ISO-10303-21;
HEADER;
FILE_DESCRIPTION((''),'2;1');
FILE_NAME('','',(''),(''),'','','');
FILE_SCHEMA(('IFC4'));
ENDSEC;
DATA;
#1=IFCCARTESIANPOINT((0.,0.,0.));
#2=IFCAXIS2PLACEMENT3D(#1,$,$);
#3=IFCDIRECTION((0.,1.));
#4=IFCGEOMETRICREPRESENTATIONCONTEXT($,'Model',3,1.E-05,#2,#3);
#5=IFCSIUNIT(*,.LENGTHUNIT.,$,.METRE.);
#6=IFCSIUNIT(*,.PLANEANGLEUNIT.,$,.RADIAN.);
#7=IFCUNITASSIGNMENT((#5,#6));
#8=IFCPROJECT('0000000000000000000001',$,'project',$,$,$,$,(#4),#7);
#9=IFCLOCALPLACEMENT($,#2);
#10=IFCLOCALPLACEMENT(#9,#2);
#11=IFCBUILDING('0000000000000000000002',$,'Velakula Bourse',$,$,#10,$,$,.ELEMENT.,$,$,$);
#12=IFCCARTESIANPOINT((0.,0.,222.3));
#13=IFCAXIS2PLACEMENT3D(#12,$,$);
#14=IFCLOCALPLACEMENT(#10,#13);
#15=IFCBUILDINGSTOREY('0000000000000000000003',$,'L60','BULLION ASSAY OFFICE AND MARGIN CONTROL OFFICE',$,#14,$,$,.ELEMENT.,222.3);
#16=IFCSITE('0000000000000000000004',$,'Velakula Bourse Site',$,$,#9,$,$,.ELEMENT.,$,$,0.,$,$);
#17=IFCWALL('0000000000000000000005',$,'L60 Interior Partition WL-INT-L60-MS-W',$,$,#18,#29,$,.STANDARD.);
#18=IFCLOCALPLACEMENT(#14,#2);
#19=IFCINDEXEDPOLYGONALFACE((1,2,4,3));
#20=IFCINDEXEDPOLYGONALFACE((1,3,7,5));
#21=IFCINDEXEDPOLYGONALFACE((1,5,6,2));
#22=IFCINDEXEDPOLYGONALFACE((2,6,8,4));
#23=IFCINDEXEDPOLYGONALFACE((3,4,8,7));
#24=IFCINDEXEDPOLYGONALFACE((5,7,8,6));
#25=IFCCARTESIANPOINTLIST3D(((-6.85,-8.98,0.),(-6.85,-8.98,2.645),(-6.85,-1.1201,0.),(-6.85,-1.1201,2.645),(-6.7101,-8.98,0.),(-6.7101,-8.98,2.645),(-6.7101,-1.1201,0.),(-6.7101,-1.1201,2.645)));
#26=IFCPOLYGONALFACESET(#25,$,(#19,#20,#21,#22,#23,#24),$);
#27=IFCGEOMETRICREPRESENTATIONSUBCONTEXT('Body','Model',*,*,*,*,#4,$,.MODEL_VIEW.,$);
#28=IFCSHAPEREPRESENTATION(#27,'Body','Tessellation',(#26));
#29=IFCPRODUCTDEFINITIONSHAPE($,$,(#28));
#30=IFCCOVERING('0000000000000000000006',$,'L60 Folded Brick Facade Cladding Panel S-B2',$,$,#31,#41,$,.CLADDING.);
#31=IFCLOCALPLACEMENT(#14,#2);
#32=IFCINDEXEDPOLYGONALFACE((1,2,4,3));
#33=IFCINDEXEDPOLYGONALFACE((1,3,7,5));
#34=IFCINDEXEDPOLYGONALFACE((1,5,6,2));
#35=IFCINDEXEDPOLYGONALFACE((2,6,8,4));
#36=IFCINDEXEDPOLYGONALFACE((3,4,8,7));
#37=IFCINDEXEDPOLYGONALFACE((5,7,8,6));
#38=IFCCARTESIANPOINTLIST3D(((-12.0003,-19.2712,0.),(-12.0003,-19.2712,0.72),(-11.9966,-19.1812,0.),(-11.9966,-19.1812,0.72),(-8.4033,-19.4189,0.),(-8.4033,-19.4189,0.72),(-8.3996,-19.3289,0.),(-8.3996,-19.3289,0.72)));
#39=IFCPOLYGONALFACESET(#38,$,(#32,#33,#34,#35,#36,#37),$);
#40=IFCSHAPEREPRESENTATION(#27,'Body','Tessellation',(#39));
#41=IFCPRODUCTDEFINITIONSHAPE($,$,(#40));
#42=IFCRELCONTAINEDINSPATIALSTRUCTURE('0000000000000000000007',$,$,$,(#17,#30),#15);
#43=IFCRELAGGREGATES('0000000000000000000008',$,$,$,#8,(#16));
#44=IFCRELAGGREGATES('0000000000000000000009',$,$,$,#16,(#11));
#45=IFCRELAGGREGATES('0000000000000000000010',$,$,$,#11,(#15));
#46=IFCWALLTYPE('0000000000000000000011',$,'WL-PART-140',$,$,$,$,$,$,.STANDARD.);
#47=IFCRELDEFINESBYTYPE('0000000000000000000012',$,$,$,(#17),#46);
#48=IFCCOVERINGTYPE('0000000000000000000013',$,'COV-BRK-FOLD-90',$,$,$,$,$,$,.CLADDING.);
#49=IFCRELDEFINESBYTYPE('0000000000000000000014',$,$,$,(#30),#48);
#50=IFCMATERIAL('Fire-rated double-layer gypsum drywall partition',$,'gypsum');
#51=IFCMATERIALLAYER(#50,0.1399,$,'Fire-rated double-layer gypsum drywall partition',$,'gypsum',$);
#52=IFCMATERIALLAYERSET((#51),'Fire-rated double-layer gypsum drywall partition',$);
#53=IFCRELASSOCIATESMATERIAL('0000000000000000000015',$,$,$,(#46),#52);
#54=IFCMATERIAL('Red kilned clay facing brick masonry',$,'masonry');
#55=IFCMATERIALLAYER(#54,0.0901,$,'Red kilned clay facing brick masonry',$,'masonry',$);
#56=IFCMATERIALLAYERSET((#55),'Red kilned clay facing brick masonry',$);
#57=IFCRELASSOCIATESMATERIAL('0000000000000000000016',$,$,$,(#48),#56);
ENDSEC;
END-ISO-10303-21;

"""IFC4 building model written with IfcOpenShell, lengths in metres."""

from ifc_helpers import new_model, si_unit, direction, frame, frame_2d, origin, origin_2d, place, context, subcontext, project, spatial, rectangle, extrude, material, layer, layer_set, type_object, element, save


model = new_model("IFC4")

# Units and contexts
model_context = context("Model", 3, precision=1e-05, world=origin(), true_north=direction((0.0, 1.0)))
body_context = subcontext(model_context, "Body", "Model", "MODEL_VIEW")
ifc_project = project(units=[si_unit("LENGTHUNIT", "METRE"), si_unit("PLANEANGLEUNIT", "RADIAN")], contexts=[model_context])

# Site, building, storey
site_placement = place(None, origin())
site = spatial("IfcSite", under=ifc_project, at=site_placement, Name="Velakula Bourse Site", CompositionType="ELEMENT", RefElevation=0.0)
building_placement = place(site_placement, origin())
building = spatial("IfcBuilding", under=site, at=building_placement, Name="Velakula Bourse", CompositionType="ELEMENT")
storey_placement = place(building_placement, frame((0.0, 0.0, 222.3)))
storey = spatial("IfcBuildingStorey", under=building, at=storey_placement, Name="L60", Description="BULLION ASSAY OFFICE AND MARGIN CONTROL OFFICE", CompositionType="ELEMENT", Elevation=222.3)

# Wall
ifc_material_1 = material(Name="Fire-rated double-layer gypsum drywall partition", Category="gypsum")
ifc_layer_1 = layer(ifc_material_1, 0.1399, Name="Fire-rated double-layer gypsum drywall partition", Category="gypsum")
ifc_layer_set_1 = layer_set([ifc_layer_1], Name="Fire-rated double-layer gypsum drywall partition")
wall_type_1 = type_object("IfcWallType", Name="WL-PART-140", PredefinedType="STANDARD", material=ifc_layer_set_1)
wall_1_placement = place(storey_placement, frame((-6.78, -8.98, 0.0), z_axis=(0.0, 0.0, 1.0), x_axis=(0.0, 1.0, 0.0)))
element("IfcWall", 1, at=wall_1_placement, inside=storey, type_object=wall_type_1, Name="L60 Interior Partition WL-INT-L60-MS-W", PredefinedType="STANDARD", context=body_context, shape_type="SweptSolid", body=[
    extrude(rectangle(XDim=7.8599, YDim=0.1399, at=frame_2d((3.9299, 0.0))), origin(), (0.0, 0.0, 1.0), 2.645),
])

# Covering
ifc_material_2 = material(Name="Red kilned clay facing brick masonry", Category="masonry")
ifc_layer_2 = layer(ifc_material_2, 0.0901, Name="Red kilned clay facing brick masonry", Category="masonry")
ifc_layer_set_2 = layer_set([ifc_layer_2], Name="Red kilned clay facing brick masonry")
covering_type = type_object("IfcCoveringType", Name="COV-BRK-FOLD-90", PredefinedType="CLADDING", material=ifc_layer_set_2)
covering_placement = place(storey_placement, frame((-10.2, -19.3, 0.0), z_axis=(0.0, 0.0, 1.0), x_axis=(0.999159, -0.041004, 0.0)))
element("IfcCovering", 2, at=covering_placement, inside=storey, type_object=covering_type, Name="L60 Folded Brick Facade Cladding Panel S-B2", PredefinedType="CLADDING", context=body_context, shape_type="SweptSolid", body=[
    extrude(rectangle(XDim=3.6001, YDim=0.0901, at=origin_2d()), origin(), (0.0, 0.0, 1.0), 0.72),
])

save(model, "model.ifc")
